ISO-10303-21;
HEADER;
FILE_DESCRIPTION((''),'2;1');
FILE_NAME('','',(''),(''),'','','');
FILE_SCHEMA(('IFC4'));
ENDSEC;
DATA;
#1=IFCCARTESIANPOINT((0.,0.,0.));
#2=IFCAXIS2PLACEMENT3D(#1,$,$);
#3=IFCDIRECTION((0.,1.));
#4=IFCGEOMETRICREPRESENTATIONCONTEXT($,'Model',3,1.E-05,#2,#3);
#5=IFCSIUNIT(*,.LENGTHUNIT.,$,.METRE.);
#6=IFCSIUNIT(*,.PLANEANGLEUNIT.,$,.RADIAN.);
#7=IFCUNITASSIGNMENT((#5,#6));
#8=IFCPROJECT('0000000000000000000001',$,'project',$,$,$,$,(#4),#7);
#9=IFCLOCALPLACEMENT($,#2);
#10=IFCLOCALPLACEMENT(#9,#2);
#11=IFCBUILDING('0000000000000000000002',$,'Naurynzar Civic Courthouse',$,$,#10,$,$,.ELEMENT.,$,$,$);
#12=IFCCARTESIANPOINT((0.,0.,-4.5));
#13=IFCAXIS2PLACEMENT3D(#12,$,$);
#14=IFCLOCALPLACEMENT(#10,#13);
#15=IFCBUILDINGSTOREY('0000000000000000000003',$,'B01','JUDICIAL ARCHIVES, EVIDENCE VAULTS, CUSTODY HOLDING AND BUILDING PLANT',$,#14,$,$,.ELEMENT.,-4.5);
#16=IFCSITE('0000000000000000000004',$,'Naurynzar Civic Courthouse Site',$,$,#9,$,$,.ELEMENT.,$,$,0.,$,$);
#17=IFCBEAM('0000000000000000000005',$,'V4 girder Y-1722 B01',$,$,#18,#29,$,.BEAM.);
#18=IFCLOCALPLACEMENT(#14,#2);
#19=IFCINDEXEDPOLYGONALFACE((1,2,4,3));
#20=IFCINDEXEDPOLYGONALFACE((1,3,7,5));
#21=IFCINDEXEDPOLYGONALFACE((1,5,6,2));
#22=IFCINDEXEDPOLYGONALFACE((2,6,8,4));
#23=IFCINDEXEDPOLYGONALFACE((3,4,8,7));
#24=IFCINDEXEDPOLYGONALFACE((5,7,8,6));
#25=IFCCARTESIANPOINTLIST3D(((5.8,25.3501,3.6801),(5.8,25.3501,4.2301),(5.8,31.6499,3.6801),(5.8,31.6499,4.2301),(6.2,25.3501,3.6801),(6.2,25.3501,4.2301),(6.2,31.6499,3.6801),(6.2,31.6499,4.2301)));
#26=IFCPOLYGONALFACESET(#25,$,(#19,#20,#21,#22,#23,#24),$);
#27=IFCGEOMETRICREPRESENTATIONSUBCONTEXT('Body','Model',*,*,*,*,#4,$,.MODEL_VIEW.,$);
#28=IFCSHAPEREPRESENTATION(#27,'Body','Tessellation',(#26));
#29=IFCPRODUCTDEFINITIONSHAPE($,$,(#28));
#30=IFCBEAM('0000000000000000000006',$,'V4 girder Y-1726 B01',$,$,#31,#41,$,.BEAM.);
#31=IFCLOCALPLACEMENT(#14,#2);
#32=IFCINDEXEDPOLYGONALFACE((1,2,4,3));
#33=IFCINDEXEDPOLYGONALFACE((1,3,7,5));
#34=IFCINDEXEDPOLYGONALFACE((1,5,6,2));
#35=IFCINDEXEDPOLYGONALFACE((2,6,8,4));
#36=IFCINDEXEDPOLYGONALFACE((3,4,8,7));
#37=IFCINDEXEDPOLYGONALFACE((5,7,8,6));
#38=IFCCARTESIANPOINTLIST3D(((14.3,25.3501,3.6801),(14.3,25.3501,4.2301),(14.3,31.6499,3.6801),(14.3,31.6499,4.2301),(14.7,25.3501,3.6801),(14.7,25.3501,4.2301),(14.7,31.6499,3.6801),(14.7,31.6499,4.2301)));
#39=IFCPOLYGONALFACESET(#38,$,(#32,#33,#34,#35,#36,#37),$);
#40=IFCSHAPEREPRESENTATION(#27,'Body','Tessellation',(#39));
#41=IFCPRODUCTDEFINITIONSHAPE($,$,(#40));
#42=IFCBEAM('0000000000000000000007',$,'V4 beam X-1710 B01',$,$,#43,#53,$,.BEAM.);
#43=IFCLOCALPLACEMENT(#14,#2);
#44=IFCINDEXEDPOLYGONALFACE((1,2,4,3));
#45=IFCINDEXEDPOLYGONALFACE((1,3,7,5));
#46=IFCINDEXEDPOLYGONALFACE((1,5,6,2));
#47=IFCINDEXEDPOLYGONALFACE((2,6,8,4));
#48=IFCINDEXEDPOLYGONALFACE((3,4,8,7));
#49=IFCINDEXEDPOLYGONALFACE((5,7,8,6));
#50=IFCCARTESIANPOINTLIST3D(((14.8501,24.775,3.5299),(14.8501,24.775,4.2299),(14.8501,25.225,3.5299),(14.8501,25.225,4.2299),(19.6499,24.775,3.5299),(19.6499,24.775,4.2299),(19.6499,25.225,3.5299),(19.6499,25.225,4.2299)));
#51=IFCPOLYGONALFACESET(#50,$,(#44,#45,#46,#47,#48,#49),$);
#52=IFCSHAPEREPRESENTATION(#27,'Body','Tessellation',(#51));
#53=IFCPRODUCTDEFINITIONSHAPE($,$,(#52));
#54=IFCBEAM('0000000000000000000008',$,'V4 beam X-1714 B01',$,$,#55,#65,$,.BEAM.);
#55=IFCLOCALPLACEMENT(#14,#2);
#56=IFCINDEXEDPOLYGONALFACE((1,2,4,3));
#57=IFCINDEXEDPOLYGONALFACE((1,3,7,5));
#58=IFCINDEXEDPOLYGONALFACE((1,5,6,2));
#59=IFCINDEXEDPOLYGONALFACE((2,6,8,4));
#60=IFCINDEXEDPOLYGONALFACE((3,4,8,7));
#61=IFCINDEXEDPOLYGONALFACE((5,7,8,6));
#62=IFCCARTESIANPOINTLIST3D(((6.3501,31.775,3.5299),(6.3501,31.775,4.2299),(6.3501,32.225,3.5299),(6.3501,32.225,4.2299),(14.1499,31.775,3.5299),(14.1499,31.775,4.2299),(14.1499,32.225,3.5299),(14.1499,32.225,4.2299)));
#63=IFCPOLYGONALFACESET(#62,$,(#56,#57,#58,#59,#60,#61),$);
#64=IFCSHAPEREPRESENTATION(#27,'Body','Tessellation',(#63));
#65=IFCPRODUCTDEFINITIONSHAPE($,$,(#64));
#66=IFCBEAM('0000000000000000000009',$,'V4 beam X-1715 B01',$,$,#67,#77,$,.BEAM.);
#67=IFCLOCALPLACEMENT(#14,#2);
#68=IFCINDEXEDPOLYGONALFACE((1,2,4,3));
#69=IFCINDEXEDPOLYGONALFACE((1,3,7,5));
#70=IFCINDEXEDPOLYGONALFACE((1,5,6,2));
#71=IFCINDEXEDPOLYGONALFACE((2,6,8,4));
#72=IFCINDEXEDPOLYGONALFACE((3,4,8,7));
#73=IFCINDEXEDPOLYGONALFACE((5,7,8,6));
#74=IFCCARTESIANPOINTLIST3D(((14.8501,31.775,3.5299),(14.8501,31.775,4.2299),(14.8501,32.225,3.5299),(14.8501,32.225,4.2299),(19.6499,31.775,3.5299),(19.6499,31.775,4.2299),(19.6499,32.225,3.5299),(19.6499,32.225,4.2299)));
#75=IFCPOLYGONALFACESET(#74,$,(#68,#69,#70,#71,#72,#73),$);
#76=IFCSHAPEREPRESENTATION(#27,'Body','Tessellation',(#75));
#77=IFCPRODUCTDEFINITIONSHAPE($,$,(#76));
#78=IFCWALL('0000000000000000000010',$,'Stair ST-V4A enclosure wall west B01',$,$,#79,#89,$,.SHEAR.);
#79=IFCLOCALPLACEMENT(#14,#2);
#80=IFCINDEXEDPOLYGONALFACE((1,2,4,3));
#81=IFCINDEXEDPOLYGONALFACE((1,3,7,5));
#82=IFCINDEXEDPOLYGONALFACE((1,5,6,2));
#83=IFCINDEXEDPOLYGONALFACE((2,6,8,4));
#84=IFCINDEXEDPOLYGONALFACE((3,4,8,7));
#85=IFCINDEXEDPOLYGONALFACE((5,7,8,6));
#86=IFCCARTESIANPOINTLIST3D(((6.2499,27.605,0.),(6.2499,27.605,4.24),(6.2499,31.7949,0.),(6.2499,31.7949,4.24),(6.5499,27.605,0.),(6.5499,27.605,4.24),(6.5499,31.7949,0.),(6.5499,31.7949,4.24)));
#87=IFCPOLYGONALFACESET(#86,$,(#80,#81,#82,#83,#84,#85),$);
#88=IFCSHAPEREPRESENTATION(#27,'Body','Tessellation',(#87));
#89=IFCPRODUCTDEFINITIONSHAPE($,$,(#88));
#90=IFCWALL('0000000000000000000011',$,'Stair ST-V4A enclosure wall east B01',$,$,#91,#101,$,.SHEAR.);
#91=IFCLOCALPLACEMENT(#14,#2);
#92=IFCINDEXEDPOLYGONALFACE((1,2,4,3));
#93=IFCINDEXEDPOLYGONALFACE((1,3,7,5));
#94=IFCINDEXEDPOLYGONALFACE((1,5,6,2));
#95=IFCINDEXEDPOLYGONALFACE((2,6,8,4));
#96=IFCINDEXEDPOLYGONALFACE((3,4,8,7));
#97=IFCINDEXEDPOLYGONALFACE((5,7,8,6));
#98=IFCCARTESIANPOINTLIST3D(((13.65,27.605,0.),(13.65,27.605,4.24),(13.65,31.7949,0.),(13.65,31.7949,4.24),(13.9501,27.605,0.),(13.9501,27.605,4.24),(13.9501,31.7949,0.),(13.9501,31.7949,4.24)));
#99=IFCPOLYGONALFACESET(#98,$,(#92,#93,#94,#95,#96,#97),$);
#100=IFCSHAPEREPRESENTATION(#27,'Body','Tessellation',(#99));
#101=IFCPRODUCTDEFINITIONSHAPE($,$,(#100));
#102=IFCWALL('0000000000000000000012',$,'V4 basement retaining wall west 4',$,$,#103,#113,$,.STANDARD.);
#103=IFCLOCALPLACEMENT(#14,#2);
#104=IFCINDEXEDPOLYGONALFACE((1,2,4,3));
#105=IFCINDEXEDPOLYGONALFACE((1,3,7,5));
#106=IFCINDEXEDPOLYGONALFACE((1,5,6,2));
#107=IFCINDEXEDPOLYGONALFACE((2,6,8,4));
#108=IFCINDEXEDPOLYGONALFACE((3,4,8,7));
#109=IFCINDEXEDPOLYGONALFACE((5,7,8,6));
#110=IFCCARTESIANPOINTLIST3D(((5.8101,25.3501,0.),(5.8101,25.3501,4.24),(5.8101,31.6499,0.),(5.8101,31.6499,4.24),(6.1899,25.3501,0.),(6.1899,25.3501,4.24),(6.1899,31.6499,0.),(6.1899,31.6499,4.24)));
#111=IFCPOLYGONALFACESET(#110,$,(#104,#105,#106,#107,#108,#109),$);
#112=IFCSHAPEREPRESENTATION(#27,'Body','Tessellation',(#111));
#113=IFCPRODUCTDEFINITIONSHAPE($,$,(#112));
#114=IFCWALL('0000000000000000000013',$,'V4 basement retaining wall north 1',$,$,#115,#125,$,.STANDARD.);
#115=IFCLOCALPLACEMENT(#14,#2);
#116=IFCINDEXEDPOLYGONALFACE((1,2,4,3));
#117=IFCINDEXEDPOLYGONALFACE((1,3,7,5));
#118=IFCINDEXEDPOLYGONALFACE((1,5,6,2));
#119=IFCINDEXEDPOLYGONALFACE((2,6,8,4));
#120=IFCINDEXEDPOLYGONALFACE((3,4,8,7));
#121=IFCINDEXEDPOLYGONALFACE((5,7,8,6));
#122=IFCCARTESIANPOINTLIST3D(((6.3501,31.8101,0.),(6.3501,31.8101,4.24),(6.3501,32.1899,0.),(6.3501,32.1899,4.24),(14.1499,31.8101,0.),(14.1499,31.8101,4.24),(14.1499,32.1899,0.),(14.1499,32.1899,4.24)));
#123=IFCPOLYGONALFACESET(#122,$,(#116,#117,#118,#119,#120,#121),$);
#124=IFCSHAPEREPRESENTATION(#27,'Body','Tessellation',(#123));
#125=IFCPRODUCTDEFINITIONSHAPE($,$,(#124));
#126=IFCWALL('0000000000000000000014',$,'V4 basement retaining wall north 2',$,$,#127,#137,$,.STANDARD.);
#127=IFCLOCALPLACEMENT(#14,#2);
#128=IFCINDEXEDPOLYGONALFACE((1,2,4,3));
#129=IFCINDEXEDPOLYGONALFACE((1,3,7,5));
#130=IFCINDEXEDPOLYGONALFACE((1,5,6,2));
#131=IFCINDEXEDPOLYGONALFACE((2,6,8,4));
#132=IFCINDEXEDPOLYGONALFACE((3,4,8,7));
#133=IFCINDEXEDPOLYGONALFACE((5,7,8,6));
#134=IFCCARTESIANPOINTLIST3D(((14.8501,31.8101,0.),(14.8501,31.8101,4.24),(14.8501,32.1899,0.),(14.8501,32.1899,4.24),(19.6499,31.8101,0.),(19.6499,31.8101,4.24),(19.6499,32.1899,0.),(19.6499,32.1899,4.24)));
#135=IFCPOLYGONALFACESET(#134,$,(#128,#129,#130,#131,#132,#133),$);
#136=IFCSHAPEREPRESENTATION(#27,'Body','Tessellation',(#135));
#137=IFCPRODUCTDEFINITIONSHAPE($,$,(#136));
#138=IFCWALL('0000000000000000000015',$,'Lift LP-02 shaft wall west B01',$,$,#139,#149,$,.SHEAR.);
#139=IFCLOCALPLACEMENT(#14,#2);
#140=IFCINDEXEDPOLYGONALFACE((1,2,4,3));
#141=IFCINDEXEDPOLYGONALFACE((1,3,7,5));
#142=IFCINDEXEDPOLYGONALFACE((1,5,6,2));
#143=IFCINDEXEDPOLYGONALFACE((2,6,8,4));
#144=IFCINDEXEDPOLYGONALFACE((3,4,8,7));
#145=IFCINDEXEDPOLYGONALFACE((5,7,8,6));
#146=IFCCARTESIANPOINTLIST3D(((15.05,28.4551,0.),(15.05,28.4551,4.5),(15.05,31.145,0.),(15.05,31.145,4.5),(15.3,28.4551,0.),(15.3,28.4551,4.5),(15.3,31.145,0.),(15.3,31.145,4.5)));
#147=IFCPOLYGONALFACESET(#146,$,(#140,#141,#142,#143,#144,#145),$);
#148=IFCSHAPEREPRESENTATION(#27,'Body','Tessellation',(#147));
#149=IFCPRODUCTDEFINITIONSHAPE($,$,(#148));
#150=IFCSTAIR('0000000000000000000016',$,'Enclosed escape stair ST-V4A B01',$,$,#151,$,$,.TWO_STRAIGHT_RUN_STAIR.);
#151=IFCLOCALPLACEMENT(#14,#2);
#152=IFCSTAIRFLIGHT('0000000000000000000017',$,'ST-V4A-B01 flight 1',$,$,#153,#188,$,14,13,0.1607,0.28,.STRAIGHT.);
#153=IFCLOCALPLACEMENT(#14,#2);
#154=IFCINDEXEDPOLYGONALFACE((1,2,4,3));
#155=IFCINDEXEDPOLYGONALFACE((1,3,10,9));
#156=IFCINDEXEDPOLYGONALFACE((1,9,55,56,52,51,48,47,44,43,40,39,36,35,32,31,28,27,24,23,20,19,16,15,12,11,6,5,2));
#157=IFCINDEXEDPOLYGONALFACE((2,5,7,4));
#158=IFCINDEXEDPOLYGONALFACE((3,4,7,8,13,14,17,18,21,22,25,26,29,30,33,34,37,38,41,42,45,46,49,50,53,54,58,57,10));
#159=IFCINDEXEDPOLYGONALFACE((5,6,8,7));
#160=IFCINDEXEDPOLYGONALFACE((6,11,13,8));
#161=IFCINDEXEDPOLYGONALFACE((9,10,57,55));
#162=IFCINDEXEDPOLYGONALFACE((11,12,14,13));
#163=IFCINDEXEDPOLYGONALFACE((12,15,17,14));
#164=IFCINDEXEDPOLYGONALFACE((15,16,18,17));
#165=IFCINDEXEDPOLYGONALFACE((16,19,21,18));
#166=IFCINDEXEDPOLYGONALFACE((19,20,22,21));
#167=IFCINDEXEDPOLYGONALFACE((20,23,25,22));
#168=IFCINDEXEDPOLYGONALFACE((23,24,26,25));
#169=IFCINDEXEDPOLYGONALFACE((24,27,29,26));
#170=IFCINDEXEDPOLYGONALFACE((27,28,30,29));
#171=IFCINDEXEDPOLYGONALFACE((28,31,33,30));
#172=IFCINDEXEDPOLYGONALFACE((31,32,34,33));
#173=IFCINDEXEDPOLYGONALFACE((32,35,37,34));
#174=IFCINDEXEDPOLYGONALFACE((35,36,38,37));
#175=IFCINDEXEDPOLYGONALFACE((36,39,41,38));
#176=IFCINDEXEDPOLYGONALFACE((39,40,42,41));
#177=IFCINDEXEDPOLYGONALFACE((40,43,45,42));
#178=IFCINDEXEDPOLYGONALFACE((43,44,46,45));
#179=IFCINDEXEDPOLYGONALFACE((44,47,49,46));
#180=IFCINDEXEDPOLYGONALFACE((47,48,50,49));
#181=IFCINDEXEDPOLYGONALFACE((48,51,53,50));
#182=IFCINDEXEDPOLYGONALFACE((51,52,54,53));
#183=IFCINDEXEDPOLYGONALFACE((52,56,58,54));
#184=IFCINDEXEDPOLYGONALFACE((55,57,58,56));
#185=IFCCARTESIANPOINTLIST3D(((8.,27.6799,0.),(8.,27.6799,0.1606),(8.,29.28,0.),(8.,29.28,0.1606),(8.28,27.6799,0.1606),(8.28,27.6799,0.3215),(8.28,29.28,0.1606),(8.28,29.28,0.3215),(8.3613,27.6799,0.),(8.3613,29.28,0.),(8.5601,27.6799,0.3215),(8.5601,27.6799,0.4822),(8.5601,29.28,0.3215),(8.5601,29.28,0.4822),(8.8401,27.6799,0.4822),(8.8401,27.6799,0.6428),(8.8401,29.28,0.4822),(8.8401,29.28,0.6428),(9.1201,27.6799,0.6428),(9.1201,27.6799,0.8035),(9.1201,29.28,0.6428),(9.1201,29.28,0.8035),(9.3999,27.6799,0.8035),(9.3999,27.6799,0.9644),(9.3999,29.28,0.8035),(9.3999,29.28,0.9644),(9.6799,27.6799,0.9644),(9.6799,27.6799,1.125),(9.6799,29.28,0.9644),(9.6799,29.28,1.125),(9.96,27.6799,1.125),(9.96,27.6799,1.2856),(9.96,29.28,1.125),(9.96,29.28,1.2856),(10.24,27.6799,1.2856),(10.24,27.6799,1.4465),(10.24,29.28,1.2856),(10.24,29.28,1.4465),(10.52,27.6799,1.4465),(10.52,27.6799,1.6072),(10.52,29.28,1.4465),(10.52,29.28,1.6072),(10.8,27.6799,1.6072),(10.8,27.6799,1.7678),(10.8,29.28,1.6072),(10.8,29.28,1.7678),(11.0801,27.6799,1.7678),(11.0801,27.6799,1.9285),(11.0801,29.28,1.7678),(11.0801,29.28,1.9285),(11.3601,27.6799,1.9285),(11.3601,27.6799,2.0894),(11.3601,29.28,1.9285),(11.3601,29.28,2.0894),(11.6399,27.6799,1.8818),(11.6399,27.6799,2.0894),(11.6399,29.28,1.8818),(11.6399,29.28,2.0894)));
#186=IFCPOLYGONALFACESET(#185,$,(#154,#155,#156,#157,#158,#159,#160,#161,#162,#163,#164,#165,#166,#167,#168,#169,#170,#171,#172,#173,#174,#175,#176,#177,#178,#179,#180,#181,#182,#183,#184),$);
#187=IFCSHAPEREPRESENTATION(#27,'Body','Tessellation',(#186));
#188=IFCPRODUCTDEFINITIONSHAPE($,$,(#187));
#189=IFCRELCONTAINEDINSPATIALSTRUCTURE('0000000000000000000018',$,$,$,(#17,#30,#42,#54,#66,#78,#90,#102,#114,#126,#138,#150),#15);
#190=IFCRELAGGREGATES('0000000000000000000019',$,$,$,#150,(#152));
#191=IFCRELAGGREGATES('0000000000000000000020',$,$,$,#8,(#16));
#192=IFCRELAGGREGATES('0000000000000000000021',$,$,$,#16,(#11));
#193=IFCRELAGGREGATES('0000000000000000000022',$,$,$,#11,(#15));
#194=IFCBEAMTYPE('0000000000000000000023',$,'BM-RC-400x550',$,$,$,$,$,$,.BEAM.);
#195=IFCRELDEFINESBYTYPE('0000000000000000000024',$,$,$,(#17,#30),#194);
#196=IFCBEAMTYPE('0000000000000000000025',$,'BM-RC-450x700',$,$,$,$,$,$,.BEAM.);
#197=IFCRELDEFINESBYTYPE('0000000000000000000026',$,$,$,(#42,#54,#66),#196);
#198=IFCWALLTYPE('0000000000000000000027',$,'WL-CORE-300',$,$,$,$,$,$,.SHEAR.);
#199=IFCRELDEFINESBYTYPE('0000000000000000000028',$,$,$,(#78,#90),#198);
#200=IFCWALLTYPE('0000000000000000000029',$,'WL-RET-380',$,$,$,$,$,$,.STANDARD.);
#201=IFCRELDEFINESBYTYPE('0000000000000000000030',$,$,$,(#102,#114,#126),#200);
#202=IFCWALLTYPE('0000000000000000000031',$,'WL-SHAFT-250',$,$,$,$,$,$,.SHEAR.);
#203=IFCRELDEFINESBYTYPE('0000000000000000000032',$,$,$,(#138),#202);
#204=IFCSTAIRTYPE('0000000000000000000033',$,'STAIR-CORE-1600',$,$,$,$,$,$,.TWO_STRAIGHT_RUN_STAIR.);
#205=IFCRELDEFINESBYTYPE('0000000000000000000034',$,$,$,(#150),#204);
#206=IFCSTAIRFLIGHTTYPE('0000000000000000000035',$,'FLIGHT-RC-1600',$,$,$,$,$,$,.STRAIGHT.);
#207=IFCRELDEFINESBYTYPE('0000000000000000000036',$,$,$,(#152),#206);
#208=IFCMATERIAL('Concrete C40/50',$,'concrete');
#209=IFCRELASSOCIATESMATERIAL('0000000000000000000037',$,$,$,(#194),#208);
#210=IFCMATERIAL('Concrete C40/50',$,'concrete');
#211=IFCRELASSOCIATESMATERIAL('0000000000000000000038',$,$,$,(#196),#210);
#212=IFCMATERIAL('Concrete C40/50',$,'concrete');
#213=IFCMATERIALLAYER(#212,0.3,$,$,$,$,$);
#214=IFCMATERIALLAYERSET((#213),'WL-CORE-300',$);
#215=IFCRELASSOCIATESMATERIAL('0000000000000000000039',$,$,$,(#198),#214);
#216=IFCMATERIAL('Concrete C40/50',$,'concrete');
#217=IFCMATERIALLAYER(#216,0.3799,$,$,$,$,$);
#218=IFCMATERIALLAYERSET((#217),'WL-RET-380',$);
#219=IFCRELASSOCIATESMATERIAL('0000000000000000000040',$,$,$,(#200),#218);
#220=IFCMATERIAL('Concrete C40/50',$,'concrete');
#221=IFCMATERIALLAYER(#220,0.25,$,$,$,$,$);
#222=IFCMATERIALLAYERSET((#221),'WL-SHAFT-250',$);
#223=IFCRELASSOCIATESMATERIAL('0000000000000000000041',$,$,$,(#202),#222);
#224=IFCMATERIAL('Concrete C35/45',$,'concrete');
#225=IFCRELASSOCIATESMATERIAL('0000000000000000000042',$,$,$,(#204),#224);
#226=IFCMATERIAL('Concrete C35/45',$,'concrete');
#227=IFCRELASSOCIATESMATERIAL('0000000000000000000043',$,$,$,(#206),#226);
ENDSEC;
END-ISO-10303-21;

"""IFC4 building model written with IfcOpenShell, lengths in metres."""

from ifc_helpers import new_model, si_unit, direction, frame, frame_2d, origin, origin_2d, place, context, subcontext, project, spatial, polyline, rectangle, outline, extrude, material, layer, layer_set, material_profile, profile_set, type_object, element, aggregate, save


model = new_model("IFC4")

# Units and contexts
model_context = context("Model", 3, precision=1e-05, world=origin(), true_north=direction((0.0, 1.0)))
body_context = subcontext(model_context, "Body", "Model", "MODEL_VIEW")
ifc_project = project(units=[si_unit("LENGTHUNIT", "METRE"), si_unit("PLANEANGLEUNIT", "RADIAN")], contexts=[model_context])

# Site, building, storey
site_placement = place(None, origin())
site = spatial("IfcSite", under=ifc_project, at=site_placement, Name="Naurynzar Civic Courthouse Site", CompositionType="ELEMENT", RefElevation=0.0)
building_placement = place(site_placement, origin())
building = spatial("IfcBuilding", under=site, at=building_placement, Name="Naurynzar Civic Courthouse", CompositionType="ELEMENT")
storey_placement = place(building_placement, frame((0.0, 0.0, -4.5)))
storey = spatial("IfcBuildingStorey", under=building, at=storey_placement, Name="B01", Description="JUDICIAL ARCHIVES, EVIDENCE VAULTS, CUSTODY HOLDING AND BUILDING PLANT", CompositionType="ELEMENT", Elevation=-4.5)

# Beams
ifc_material_1 = material(Name="Concrete C40/50", Category="concrete")
ifc_material_profile_1 = material_profile(ifc_material_1, rectangle(XDim=0.3999, YDim=0.55, at=origin_2d()), Name="RCB 400x550")
ifc_profile_set_1 = profile_set([ifc_material_profile_1], Name="Concrete C40/50")
beam_type_1 = type_object("IfcBeamType", Name="BM-RC-400x550", PredefinedType="BEAM", material=ifc_profile_set_1)
for number, where, z_axis, x_axis, name in (
    (1, (6.0, 25.3501, 3.9551), (0.0, 1.0, 0.0), (-1.0, 0.0, 0.0), "V4 girder Y-1722 B01"),
    (2, (14.5, 25.3501, 3.9551), (0.0, 1.0, 0.0), (-1.0, 0.0, 0.0), "V4 girder Y-1726 B01"),
):
    element("IfcBeam", number, at=place(storey_placement, frame(where, z_axis=z_axis, x_axis=x_axis)), inside=storey, type_object=beam_type_1, Name=name, PredefinedType="BEAM", context=body_context, shape_type="SweptSolid", body=[
        extrude(rectangle(XDim=0.3999, YDim=0.55, at=origin_2d()), origin(), (0.0, 0.0, 1.0), 6.2998),
    ])
ifc_material_2 = material(Name="Concrete C40/50", Category="concrete")
ifc_material_profile_2 = material_profile(ifc_material_2, rectangle(XDim=0.45, YDim=0.7, at=origin_2d()), Name="RCB 450x700")
ifc_profile_set_2 = profile_set([ifc_material_profile_2], Name="Concrete C40/50")
beam_type_2 = type_object("IfcBeamType", Name="BM-RC-450x700", PredefinedType="BEAM", material=ifc_profile_set_2)
beam_1_placement = place(storey_placement, frame((14.8501, 25.0, 3.8799), z_axis=(1.0, 0.0, 0.0), x_axis=(0.0, 1.0, 0.0)))
element("IfcBeam", 3, at=beam_1_placement, inside=storey, type_object=beam_type_2, Name="V4 beam X-1710 B01", PredefinedType="BEAM", context=body_context, shape_type="SweptSolid", body=[
    extrude(rectangle(XDim=0.45, YDim=0.7, at=origin_2d()), origin(), (0.0, 0.0, 1.0), 4.7998),
])
beam_2_placement = place(storey_placement, frame((6.3501, 32.0, 3.8799), z_axis=(1.0, 0.0, 0.0), x_axis=(0.0, 1.0, 0.0)))
element("IfcBeam", 4, at=beam_2_placement, inside=storey, type_object=beam_type_2, Name="V4 beam X-1714 B01", PredefinedType="BEAM", context=body_context, shape_type="SweptSolid", body=[
    extrude(rectangle(XDim=0.45, YDim=0.7, at=origin_2d()), origin(), (0.0, 0.0, 1.0), 7.7998),
])
beam_3_placement = place(storey_placement, frame((14.8501, 32.0, 3.8799), z_axis=(1.0, 0.0, 0.0), x_axis=(0.0, 1.0, 0.0)))
element("IfcBeam", 5, at=beam_3_placement, inside=storey, type_object=beam_type_2, Name="V4 beam X-1715 B01", PredefinedType="BEAM", context=body_context, shape_type="SweptSolid", body=[
    extrude(rectangle(XDim=0.45, YDim=0.7, at=origin_2d()), origin(), (0.0, 0.0, 1.0), 4.7998),
])

# Shared definitions
ifc_material_3 = material(Name="Concrete C40/50", Category="concrete")
ifc_layer_1 = layer(ifc_material_3, 0.3)
ifc_layer_set_1 = layer_set([ifc_layer_1], Name="WL-CORE-300")
wall_type_1 = type_object("IfcWallType", Name="WL-CORE-300", PredefinedType="SHEAR", material=ifc_layer_set_1)

# Walls
for number, where, z_axis, x_axis, name in (
    (6, (6.3999, 31.7949, 0.0), (0.0, 0.0, 1.0), (0.0, -1.0, 0.0), "Stair ST-V4A enclosure wall west B01"),
    (7, (13.8, 27.605, 0.0), (0.0, 0.0, 1.0), (0.0, 1.0, 0.0), "Stair ST-V4A enclosure wall east B01"),
):
    element("IfcWall", number, at=place(storey_placement, frame(where, z_axis=z_axis, x_axis=x_axis)), inside=storey, type_object=wall_type_1, Name=name, PredefinedType="SHEAR", context=body_context, shape_type="SweptSolid", body=[
        extrude(rectangle(XDim=4.1899, YDim=0.3, at=frame_2d((2.095, 0.0))), origin(), (0.0, 0.0, 1.0), 4.24),
    ])
ifc_material_4 = material(Name="Concrete C40/50", Category="concrete")
ifc_layer_2 = layer(ifc_material_4, 0.3799)
ifc_layer_set_2 = layer_set([ifc_layer_2], Name="WL-RET-380")
wall_type_2 = type_object("IfcWallType", Name="WL-RET-380", PredefinedType="STANDARD", material=ifc_layer_set_2)
wall_1_placement = place(storey_placement, frame((6.0, 25.3501, 0.0), z_axis=(0.0, 0.0, 1.0), x_axis=(0.0, 1.0, 0.0)))
element("IfcWall", 8, at=wall_1_placement, inside=storey, type_object=wall_type_2, Name="V4 basement retaining wall west 4", PredefinedType="STANDARD", context=body_context, shape_type="SweptSolid", body=[
    extrude(rectangle(XDim=6.2998, YDim=0.3799, at=frame_2d((3.1499, 0.0))), origin(), (0.0, 0.0, 1.0), 4.24),
])
wall_2_placement = place(storey_placement, frame((6.3501, 32.0, 0.0), z_axis=(0.0, 0.0, 1.0), x_axis=(1.0, 0.0, 0.0)))
element("IfcWall", 9, at=wall_2_placement, inside=storey, type_object=wall_type_2, Name="V4 basement retaining wall north 1", PredefinedType="STANDARD", context=body_context, shape_type="SweptSolid", body=[
    extrude(rectangle(XDim=7.7998, YDim=0.3799, at=frame_2d((3.8999, 0.0))), origin(), (0.0, 0.0, 1.0), 4.24),
])
wall_3_placement = place(storey_placement, frame((14.8501, 32.0, 0.0), z_axis=(0.0, 0.0, 1.0), x_axis=(1.0, 0.0, 0.0)))
element("IfcWall", 10, at=wall_3_placement, inside=storey, type_object=wall_type_2, Name="V4 basement retaining wall north 2", PredefinedType="STANDARD", context=body_context, shape_type="SweptSolid", body=[
    extrude(rectangle(XDim=4.7998, YDim=0.3799, at=frame_2d((2.3999, 0.0))), origin(), (0.0, 0.0, 1.0), 4.24),
])

# Shared definitions
ifc_material_5 = material(Name="Concrete C40/50", Category="concrete")
ifc_layer_3 = layer(ifc_material_5, 0.25)
ifc_layer_set_3 = layer_set([ifc_layer_3], Name="WL-SHAFT-250")
wall_type_3 = type_object("IfcWallType", Name="WL-SHAFT-250", PredefinedType="SHEAR", material=ifc_layer_set_3)

# Wall
wall_4_placement = place(storey_placement, frame((15.175, 31.145, 0.0), z_axis=(0.0, 0.0, 1.0), x_axis=(0.0, -1.0, 0.0)))
element("IfcWall", 11, at=wall_4_placement, inside=storey, type_object=wall_type_3, Name="Lift LP-02 shaft wall west B01", PredefinedType="SHEAR", context=body_context, shape_type="SweptSolid", body=[
    extrude(rectangle(XDim=2.6899, YDim=0.25, at=frame_2d((1.345, 0.0))), origin(), (0.0, 0.0, 1.0), 4.5),
])

# Stair, stair flight
ifc_material_6 = material(Name="Concrete C35/45", Category="concrete")
stair_type = type_object("IfcStairType", Name="STAIR-CORE-1600", PredefinedType="TWO_STRAIGHT_RUN_STAIR", material=ifc_material_6)
stair_placement = place(storey_placement, origin())
stair = element("IfcStair", 12, at=stair_placement, inside=storey, type_object=stair_type, Name="Enclosed escape stair ST-V4A B01", PredefinedType="TWO_STRAIGHT_RUN_STAIR")
ifc_material_7 = material(Name="Concrete C35/45", Category="concrete")
stair_flight_type = type_object("IfcStairFlightType", Name="FLIGHT-RC-1600", PredefinedType="STRAIGHT", material=ifc_material_7)
stair_flight_1_placement = place(storey_placement, frame((8.0, 28.48, 0.0), z_axis=(0.0, 0.0, 1.0), x_axis=(1.0, 0.0, 0.0)))
stair_flight_1 = element("IfcStairFlight", 13, at=stair_flight_1_placement, type_object=stair_flight_type, Name="ST-V4A-B01 flight 1", NumberOfRisers=14, NumberOfTreads=13, PredefinedType="STRAIGHT", RiserHeight=0.1607, TreadLength=0.28, context=body_context, shape_type="SweptSolid", body=[
    extrude(outline(polyline([(0.0, 0.0), (0.0, 0.1606), (0.28, 0.1606), (0.28, 0.3215), (0.5601, 0.3215), (0.5601, 0.4822), (0.8401, 0.4822), (0.8401, 0.6428), (1.1201, 0.6428), (1.1201, 0.8035), (1.3999, 0.8035), (1.3999, 0.9644), (1.6799, 0.9644), (1.6799, 1.125), (1.96, 1.125), (1.96, 1.2856), (2.24, 1.2856), (2.24, 1.4465), (2.52, 1.4465), (2.52, 1.6072), (2.8, 1.6072), (2.8, 1.7678), (3.0801, 1.7678), (3.0801, 1.9285), (3.3601, 1.9285), (3.3601, 2.0894), (3.6399, 2.0894), (3.6399, 2.25), (3.6399, 1.8818), (0.3613, 0.0), (0.0, 0.0)])), frame((0.0, 0.8, 0.0), z_axis=(0.0, -1.0, 0.0), x_axis=(1.0, 0.0, 0.0)), (0.0, 0.0, 1.0), 1.6001),
])
aggregate(stair, [stair_flight_1])

save(model, "model.ifc")
